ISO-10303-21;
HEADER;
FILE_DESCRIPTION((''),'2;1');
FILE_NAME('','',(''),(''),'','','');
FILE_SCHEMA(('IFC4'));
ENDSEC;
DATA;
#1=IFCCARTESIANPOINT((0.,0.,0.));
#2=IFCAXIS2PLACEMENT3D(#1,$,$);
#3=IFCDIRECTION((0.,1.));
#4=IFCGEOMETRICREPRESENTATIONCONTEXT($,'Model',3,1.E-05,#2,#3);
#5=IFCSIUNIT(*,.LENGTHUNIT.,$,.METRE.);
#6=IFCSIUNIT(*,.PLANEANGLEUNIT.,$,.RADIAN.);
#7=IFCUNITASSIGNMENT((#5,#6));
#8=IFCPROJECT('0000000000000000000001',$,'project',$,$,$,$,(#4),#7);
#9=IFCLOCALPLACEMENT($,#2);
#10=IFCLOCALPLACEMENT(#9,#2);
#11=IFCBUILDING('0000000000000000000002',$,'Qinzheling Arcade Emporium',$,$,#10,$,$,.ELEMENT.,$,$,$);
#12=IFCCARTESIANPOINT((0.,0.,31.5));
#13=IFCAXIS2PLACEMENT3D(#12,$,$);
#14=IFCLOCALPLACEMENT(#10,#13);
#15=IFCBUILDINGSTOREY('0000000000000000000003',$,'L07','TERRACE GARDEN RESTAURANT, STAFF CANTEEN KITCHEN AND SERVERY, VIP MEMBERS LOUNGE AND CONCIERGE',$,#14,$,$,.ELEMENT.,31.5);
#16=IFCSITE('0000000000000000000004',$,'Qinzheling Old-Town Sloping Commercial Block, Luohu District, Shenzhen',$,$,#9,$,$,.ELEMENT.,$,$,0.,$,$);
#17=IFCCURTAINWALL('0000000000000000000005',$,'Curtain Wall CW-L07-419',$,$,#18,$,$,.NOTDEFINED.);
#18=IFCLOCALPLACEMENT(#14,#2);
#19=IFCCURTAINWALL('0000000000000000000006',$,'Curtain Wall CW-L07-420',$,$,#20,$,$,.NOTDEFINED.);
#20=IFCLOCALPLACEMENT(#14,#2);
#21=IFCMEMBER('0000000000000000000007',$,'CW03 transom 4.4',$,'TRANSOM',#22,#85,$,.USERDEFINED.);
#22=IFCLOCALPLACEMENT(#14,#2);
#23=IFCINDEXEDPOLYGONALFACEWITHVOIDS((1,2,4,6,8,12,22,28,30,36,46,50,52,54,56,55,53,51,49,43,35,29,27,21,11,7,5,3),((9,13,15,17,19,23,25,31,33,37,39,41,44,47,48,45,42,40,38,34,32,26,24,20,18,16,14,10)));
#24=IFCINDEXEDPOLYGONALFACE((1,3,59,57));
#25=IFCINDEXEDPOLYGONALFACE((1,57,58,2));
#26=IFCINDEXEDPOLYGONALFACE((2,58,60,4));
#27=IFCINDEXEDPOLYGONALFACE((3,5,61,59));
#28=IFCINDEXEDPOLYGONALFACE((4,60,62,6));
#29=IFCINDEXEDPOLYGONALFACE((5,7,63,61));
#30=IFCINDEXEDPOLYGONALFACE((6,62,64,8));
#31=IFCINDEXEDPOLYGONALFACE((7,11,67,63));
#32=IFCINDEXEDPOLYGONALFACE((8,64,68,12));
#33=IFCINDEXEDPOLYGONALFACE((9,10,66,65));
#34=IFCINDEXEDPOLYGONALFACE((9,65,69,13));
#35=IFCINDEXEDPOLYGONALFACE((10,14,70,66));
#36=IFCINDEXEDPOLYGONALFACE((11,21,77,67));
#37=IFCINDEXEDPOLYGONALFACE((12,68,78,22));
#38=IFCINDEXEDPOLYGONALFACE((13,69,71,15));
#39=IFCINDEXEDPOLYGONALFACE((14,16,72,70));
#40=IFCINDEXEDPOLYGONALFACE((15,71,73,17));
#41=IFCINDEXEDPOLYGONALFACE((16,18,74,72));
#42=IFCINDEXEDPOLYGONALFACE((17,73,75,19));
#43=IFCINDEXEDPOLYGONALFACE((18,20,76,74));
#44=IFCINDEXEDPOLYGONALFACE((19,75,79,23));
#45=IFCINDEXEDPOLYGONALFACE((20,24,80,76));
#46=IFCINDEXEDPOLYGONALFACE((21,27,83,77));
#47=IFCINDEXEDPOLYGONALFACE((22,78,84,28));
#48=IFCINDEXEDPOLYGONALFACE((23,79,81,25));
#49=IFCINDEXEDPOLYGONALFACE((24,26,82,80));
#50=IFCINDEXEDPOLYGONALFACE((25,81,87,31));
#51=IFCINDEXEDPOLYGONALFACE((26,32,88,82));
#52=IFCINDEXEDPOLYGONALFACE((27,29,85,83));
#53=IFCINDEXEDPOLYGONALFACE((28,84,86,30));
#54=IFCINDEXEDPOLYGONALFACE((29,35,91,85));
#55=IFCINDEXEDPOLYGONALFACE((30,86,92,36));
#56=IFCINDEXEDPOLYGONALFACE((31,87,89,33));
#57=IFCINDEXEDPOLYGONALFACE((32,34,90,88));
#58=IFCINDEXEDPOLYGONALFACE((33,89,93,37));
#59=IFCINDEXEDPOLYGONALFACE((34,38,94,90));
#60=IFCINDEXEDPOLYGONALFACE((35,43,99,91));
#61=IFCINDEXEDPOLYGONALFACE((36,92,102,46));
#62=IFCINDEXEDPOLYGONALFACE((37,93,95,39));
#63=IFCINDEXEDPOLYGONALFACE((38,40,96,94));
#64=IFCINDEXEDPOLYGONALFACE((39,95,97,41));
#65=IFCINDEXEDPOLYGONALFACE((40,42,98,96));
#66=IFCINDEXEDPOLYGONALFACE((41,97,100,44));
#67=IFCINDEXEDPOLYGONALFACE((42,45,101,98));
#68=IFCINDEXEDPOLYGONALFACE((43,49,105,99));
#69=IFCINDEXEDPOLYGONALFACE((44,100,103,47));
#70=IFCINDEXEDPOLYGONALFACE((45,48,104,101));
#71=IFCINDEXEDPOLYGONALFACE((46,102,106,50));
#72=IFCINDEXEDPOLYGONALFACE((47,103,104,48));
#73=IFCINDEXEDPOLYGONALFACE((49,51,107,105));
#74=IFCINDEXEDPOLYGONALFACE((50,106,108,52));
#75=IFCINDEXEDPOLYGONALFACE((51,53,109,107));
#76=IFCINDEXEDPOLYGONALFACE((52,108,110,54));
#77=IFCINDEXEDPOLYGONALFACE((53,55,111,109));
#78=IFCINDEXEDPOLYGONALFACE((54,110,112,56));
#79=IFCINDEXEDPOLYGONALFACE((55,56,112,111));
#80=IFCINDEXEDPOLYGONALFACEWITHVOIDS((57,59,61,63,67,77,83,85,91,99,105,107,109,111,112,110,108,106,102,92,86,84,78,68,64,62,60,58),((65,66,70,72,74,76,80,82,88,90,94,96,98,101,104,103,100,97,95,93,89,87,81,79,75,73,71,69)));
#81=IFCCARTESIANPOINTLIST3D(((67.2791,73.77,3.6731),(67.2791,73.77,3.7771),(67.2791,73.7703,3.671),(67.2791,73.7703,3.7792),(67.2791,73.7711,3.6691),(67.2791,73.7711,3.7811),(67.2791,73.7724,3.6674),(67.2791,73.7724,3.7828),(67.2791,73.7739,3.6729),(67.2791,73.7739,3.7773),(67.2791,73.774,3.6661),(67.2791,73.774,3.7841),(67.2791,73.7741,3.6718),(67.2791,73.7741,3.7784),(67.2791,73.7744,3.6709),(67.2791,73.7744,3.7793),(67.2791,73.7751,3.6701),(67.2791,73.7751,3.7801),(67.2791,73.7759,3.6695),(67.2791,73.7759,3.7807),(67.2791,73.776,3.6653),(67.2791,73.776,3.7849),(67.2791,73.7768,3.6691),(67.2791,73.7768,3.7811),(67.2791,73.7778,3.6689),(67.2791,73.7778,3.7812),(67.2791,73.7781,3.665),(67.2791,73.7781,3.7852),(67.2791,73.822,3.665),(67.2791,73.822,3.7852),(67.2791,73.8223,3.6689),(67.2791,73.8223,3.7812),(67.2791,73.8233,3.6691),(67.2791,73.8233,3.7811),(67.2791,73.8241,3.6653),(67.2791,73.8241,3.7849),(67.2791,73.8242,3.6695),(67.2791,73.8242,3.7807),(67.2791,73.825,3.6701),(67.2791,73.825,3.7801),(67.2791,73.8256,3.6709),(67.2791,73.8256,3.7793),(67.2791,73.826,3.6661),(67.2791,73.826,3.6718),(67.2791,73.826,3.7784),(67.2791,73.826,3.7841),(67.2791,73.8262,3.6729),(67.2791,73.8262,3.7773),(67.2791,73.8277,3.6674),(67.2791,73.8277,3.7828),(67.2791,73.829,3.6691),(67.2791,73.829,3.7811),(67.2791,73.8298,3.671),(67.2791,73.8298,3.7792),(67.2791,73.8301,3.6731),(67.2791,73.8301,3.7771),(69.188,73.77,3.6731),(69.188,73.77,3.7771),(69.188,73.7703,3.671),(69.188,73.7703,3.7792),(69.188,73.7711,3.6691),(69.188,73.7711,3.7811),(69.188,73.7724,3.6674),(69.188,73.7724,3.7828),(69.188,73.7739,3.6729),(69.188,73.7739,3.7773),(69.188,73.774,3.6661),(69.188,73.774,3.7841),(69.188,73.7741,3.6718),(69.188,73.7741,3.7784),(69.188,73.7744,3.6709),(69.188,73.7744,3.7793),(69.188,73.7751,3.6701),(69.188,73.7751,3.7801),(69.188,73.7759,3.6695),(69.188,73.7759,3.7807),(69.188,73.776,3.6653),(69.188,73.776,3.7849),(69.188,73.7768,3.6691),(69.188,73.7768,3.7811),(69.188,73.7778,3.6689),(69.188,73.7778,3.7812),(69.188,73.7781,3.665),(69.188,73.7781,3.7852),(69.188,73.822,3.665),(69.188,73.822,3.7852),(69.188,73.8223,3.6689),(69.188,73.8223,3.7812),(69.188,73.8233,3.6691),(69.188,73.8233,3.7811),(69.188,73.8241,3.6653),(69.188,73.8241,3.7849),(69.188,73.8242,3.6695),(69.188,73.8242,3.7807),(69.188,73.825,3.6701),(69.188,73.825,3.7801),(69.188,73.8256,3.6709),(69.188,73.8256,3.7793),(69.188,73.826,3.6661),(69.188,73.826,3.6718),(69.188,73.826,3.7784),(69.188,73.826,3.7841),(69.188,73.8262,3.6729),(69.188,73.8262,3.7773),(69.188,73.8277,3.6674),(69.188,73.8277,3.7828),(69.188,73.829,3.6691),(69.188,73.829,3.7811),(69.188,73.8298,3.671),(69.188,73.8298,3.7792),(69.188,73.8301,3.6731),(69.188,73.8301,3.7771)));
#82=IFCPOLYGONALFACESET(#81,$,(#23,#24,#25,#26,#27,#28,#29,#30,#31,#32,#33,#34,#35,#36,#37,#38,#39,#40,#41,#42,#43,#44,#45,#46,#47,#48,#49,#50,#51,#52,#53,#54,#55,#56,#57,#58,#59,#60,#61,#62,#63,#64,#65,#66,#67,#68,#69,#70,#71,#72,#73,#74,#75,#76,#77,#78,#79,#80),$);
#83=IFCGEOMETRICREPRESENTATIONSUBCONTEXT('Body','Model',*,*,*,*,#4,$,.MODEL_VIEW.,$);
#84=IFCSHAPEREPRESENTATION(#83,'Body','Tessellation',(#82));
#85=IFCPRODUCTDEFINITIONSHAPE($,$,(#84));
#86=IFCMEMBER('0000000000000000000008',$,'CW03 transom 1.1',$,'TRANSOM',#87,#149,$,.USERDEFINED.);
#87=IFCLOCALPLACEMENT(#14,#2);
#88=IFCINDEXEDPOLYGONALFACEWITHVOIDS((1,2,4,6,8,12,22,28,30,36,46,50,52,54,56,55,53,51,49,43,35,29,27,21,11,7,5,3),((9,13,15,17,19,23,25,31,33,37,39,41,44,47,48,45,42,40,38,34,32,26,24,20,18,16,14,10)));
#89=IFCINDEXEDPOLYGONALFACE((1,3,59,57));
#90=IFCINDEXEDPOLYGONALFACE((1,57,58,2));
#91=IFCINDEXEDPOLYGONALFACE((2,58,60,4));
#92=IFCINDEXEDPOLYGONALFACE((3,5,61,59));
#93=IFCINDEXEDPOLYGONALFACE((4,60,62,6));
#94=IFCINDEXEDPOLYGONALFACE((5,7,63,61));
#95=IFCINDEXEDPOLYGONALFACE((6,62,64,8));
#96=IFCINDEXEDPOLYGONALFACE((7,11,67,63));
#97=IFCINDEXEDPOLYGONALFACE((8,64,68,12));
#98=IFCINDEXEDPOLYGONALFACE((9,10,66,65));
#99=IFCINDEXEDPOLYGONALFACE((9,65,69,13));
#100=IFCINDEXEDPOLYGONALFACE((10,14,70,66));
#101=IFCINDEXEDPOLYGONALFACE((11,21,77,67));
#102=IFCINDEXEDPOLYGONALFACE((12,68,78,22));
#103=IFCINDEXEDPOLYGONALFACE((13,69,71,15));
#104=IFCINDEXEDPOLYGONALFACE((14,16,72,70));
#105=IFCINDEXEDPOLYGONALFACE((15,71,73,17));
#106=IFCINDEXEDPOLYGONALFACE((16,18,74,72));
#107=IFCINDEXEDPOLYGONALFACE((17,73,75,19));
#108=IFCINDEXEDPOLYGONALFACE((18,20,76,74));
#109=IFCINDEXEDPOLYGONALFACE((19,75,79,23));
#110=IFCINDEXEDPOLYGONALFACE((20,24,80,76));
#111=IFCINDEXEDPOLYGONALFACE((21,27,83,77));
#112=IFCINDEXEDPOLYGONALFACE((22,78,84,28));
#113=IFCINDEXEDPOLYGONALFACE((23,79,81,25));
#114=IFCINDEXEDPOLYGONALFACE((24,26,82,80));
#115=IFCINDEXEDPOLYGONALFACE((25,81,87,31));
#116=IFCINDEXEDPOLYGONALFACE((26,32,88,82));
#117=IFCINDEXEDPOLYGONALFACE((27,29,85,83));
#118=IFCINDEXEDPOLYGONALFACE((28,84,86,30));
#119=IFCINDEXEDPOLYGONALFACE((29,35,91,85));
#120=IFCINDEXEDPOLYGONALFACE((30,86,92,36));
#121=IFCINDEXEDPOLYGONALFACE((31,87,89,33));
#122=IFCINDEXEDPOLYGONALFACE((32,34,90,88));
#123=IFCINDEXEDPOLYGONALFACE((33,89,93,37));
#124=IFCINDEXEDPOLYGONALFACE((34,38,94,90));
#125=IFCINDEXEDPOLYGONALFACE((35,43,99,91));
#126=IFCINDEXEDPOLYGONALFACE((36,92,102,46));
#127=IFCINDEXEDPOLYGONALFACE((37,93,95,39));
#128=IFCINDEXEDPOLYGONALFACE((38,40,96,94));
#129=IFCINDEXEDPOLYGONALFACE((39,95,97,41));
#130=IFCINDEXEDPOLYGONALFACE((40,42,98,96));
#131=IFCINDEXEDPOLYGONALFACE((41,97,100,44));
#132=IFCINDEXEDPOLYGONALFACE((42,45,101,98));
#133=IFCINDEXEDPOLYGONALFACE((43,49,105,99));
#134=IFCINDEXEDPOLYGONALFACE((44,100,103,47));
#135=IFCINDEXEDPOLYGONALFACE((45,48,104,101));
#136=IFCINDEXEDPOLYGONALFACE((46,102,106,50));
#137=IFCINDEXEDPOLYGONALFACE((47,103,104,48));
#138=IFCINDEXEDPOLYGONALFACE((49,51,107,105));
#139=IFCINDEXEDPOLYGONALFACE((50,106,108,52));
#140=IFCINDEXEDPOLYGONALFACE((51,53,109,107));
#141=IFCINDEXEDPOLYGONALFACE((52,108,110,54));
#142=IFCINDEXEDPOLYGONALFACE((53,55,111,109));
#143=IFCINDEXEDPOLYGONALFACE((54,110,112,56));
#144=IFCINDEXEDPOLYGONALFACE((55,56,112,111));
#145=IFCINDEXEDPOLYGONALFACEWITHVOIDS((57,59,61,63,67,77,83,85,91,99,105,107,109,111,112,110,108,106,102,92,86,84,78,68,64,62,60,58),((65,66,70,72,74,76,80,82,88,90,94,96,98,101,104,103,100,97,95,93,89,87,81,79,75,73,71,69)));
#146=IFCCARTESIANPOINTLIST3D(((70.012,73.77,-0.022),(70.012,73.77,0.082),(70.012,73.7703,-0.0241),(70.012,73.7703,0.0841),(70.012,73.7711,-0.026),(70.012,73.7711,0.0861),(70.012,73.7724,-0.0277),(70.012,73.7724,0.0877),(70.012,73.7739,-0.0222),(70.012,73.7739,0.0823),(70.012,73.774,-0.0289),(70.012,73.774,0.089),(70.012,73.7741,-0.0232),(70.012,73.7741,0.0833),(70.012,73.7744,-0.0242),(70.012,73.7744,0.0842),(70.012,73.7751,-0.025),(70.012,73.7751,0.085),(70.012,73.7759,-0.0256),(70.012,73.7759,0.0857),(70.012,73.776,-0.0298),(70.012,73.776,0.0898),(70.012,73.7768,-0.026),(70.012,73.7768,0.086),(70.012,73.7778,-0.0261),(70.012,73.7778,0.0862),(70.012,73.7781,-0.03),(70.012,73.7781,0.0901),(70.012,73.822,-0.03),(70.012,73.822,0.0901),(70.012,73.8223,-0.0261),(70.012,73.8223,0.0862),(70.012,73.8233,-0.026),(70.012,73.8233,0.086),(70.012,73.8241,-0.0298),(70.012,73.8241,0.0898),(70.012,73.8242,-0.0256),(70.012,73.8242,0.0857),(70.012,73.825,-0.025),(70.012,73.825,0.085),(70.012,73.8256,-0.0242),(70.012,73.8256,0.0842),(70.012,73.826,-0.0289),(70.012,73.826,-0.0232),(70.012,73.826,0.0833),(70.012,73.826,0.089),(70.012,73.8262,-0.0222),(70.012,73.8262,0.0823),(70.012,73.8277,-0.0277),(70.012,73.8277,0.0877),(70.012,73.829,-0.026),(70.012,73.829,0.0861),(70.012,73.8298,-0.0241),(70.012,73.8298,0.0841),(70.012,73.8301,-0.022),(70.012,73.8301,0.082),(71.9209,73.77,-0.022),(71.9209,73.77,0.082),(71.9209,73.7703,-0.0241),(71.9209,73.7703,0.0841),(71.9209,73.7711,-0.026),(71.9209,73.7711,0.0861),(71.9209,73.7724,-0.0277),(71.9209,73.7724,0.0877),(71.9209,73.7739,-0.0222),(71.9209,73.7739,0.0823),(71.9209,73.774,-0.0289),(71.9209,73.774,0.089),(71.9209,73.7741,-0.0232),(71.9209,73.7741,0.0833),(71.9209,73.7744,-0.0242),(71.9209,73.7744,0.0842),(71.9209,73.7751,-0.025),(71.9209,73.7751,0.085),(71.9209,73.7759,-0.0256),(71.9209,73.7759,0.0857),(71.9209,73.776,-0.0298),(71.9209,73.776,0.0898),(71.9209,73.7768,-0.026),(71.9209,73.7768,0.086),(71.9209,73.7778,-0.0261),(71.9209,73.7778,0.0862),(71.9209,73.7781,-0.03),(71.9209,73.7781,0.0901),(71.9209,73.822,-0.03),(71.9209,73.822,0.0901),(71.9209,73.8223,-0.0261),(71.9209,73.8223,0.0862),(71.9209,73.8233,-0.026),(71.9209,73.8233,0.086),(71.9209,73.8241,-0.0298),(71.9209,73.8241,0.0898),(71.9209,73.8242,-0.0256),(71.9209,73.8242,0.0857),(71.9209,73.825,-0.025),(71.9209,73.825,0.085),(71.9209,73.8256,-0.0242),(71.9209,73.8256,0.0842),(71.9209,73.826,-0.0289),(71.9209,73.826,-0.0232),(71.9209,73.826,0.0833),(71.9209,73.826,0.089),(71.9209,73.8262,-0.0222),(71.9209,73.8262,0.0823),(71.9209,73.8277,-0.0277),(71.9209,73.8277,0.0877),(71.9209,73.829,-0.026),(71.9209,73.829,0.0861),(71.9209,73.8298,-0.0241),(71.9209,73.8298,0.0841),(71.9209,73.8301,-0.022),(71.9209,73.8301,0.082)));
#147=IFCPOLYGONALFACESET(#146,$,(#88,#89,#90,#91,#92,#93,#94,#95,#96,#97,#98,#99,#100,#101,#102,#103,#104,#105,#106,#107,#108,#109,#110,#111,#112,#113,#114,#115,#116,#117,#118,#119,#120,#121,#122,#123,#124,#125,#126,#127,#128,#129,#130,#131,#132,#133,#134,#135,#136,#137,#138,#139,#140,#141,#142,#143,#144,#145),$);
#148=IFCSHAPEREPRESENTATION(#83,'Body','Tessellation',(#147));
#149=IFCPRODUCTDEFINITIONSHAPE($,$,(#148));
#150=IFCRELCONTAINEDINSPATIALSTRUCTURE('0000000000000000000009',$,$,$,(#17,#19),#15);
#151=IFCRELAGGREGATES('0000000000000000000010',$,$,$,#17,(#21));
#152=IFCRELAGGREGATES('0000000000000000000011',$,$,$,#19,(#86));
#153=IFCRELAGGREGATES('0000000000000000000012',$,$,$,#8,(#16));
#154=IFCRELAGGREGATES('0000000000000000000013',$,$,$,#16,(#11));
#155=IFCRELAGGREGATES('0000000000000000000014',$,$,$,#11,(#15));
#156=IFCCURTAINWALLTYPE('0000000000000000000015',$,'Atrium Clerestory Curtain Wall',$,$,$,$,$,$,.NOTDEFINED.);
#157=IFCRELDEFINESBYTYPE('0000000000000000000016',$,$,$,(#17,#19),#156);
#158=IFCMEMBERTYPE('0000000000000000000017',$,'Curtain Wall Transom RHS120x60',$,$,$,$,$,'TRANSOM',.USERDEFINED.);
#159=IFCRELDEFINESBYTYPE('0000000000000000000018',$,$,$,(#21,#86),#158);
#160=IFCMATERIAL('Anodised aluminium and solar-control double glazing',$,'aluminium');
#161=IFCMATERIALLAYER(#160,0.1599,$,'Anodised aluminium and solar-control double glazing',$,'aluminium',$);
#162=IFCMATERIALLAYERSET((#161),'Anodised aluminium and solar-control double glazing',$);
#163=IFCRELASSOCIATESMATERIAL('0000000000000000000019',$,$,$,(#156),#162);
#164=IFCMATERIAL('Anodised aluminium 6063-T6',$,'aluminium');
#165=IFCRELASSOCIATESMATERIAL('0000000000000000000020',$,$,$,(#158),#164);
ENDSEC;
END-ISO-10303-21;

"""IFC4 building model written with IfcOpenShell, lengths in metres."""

from ifc_helpers import new_model, si_unit, direction, frame, origin, origin_2d, place, context, subcontext, project, spatial, hollow_rectangle, extrude, material, layer, layer_set, material_profile, profile_set, type_object, element, aggregate, save


model = new_model("IFC4")

# Units and contexts
model_context = context("Model", 3, precision=1e-05, world=origin(), true_north=direction((0.0, 1.0)))
body_context = subcontext(model_context, "Body", "Model", "MODEL_VIEW")
ifc_project = project(units=[si_unit("LENGTHUNIT", "METRE"), si_unit("PLANEANGLEUNIT", "RADIAN")], contexts=[model_context])

# Site, building, storey
site_placement = place(None, origin())
site = spatial("IfcSite", under=ifc_project, at=site_placement, Name="Qinzheling Old-Town Sloping Commercial Block, Luohu District, Shenzhen", CompositionType="ELEMENT", RefElevation=0.0)
building_placement = place(site_placement, origin())
building = spatial("IfcBuilding", under=site, at=building_placement, Name="Qinzheling Arcade Emporium", CompositionType="ELEMENT")
storey_placement = place(building_placement, frame((0.0, 0.0, 31.5)))
storey = spatial("IfcBuildingStorey", under=building, at=storey_placement, Name="L07", Description="TERRACE GARDEN RESTAURANT, STAFF CANTEEN KITCHEN AND SERVERY, VIP MEMBERS LOUNGE AND CONCIERGE", CompositionType="ELEMENT", Elevation=31.5)

# Curtain wall
ifc_material_1 = material(Name="Anodised aluminium and solar-control double glazing", Category="aluminium")
ifc_layer_1 = layer(ifc_material_1, 0.1599, Name="Anodised aluminium and solar-control double glazing", Category="aluminium")
ifc_layer_set_1 = layer_set([ifc_layer_1], Name="Anodised aluminium and solar-control double glazing")
curtain_wall_type = type_object("IfcCurtainWallType", Name="Atrium Clerestory Curtain Wall", PredefinedType="NOTDEFINED", material=ifc_layer_set_1)
curtain_wall_1_placement = place(storey_placement, origin())
curtain_wall_1 = element("IfcCurtainWall", 1, at=curtain_wall_1_placement, inside=storey, type_object=curtain_wall_type, Name="Curtain Wall CW-L07-419", PredefinedType="NOTDEFINED")
ifc_material_2 = material(Name="Anodised aluminium 6063-T6", Category="aluminium")

# Curtain wall
curtain_wall_2_placement = place(storey_placement, origin())
curtain_wall_2 = element("IfcCurtainWall", 2, at=curtain_wall_2_placement, inside=storey, type_object=curtain_wall_type, Name="Curtain Wall CW-L07-420", PredefinedType="NOTDEFINED")

# Members
ifc_material_profile_1 = material_profile(ifc_material_2, hollow_rectangle(XDim=0.0601, YDim=0.1201, WallThickness=0.0039, InnerFilletRadius=0.0039, OuterFilletRadius=0.0081, at=origin_2d()), Name="RHS 120x60x4", Category="aluminium")
ifc_profile_set_1 = profile_set([ifc_material_profile_1], Name="Anodised aluminium 6063-T6")
member_type_1 = type_object("IfcMemberType", Name="Curtain Wall Transom RHS120x60", ElementType="TRANSOM", PredefinedType="USERDEFINED", material=ifc_profile_set_1)
member_1_placement = place(storey_placement, frame((67.2791, 73.8, 3.7251), z_axis=(1.0, 0.0, 0.0), x_axis=(0.0, 1.0, 0.0)))
member_1 = element("IfcMember", 3, at=member_1_placement, type_object=member_type_1, Name="CW03 transom 4.4", ObjectType="TRANSOM", PredefinedType="USERDEFINED", context=body_context, shape_type="SweptSolid", body=[
    extrude(hollow_rectangle(XDim=0.0601, YDim=0.1201, WallThickness=0.0039, InnerFilletRadius=0.0039, OuterFilletRadius=0.0081, at=origin_2d()), origin(), (0.0, 0.0, 1.0), 1.9089),
])
member_2_placement = place(storey_placement, frame((70.012, 73.8, 0.03), z_axis=(1.0, 0.0, 0.0), x_axis=(0.0, 1.0, 0.0)))
member_2 = element("IfcMember", 4, at=member_2_placement, type_object=member_type_1, Name="CW03 transom 1.1", ObjectType="TRANSOM", PredefinedType="USERDEFINED", context=body_context, shape_type="SweptSolid", body=[
    extrude(hollow_rectangle(XDim=0.0601, YDim=0.1201, WallThickness=0.0039, InnerFilletRadius=0.0039, OuterFilletRadius=0.0081, at=origin_2d()), origin(), (0.0, 0.0, 1.0), 1.9089),
])

aggregate(curtain_wall_1, [member_1])
aggregate(curtain_wall_2, [member_2])

save(model, "model.ifc")
